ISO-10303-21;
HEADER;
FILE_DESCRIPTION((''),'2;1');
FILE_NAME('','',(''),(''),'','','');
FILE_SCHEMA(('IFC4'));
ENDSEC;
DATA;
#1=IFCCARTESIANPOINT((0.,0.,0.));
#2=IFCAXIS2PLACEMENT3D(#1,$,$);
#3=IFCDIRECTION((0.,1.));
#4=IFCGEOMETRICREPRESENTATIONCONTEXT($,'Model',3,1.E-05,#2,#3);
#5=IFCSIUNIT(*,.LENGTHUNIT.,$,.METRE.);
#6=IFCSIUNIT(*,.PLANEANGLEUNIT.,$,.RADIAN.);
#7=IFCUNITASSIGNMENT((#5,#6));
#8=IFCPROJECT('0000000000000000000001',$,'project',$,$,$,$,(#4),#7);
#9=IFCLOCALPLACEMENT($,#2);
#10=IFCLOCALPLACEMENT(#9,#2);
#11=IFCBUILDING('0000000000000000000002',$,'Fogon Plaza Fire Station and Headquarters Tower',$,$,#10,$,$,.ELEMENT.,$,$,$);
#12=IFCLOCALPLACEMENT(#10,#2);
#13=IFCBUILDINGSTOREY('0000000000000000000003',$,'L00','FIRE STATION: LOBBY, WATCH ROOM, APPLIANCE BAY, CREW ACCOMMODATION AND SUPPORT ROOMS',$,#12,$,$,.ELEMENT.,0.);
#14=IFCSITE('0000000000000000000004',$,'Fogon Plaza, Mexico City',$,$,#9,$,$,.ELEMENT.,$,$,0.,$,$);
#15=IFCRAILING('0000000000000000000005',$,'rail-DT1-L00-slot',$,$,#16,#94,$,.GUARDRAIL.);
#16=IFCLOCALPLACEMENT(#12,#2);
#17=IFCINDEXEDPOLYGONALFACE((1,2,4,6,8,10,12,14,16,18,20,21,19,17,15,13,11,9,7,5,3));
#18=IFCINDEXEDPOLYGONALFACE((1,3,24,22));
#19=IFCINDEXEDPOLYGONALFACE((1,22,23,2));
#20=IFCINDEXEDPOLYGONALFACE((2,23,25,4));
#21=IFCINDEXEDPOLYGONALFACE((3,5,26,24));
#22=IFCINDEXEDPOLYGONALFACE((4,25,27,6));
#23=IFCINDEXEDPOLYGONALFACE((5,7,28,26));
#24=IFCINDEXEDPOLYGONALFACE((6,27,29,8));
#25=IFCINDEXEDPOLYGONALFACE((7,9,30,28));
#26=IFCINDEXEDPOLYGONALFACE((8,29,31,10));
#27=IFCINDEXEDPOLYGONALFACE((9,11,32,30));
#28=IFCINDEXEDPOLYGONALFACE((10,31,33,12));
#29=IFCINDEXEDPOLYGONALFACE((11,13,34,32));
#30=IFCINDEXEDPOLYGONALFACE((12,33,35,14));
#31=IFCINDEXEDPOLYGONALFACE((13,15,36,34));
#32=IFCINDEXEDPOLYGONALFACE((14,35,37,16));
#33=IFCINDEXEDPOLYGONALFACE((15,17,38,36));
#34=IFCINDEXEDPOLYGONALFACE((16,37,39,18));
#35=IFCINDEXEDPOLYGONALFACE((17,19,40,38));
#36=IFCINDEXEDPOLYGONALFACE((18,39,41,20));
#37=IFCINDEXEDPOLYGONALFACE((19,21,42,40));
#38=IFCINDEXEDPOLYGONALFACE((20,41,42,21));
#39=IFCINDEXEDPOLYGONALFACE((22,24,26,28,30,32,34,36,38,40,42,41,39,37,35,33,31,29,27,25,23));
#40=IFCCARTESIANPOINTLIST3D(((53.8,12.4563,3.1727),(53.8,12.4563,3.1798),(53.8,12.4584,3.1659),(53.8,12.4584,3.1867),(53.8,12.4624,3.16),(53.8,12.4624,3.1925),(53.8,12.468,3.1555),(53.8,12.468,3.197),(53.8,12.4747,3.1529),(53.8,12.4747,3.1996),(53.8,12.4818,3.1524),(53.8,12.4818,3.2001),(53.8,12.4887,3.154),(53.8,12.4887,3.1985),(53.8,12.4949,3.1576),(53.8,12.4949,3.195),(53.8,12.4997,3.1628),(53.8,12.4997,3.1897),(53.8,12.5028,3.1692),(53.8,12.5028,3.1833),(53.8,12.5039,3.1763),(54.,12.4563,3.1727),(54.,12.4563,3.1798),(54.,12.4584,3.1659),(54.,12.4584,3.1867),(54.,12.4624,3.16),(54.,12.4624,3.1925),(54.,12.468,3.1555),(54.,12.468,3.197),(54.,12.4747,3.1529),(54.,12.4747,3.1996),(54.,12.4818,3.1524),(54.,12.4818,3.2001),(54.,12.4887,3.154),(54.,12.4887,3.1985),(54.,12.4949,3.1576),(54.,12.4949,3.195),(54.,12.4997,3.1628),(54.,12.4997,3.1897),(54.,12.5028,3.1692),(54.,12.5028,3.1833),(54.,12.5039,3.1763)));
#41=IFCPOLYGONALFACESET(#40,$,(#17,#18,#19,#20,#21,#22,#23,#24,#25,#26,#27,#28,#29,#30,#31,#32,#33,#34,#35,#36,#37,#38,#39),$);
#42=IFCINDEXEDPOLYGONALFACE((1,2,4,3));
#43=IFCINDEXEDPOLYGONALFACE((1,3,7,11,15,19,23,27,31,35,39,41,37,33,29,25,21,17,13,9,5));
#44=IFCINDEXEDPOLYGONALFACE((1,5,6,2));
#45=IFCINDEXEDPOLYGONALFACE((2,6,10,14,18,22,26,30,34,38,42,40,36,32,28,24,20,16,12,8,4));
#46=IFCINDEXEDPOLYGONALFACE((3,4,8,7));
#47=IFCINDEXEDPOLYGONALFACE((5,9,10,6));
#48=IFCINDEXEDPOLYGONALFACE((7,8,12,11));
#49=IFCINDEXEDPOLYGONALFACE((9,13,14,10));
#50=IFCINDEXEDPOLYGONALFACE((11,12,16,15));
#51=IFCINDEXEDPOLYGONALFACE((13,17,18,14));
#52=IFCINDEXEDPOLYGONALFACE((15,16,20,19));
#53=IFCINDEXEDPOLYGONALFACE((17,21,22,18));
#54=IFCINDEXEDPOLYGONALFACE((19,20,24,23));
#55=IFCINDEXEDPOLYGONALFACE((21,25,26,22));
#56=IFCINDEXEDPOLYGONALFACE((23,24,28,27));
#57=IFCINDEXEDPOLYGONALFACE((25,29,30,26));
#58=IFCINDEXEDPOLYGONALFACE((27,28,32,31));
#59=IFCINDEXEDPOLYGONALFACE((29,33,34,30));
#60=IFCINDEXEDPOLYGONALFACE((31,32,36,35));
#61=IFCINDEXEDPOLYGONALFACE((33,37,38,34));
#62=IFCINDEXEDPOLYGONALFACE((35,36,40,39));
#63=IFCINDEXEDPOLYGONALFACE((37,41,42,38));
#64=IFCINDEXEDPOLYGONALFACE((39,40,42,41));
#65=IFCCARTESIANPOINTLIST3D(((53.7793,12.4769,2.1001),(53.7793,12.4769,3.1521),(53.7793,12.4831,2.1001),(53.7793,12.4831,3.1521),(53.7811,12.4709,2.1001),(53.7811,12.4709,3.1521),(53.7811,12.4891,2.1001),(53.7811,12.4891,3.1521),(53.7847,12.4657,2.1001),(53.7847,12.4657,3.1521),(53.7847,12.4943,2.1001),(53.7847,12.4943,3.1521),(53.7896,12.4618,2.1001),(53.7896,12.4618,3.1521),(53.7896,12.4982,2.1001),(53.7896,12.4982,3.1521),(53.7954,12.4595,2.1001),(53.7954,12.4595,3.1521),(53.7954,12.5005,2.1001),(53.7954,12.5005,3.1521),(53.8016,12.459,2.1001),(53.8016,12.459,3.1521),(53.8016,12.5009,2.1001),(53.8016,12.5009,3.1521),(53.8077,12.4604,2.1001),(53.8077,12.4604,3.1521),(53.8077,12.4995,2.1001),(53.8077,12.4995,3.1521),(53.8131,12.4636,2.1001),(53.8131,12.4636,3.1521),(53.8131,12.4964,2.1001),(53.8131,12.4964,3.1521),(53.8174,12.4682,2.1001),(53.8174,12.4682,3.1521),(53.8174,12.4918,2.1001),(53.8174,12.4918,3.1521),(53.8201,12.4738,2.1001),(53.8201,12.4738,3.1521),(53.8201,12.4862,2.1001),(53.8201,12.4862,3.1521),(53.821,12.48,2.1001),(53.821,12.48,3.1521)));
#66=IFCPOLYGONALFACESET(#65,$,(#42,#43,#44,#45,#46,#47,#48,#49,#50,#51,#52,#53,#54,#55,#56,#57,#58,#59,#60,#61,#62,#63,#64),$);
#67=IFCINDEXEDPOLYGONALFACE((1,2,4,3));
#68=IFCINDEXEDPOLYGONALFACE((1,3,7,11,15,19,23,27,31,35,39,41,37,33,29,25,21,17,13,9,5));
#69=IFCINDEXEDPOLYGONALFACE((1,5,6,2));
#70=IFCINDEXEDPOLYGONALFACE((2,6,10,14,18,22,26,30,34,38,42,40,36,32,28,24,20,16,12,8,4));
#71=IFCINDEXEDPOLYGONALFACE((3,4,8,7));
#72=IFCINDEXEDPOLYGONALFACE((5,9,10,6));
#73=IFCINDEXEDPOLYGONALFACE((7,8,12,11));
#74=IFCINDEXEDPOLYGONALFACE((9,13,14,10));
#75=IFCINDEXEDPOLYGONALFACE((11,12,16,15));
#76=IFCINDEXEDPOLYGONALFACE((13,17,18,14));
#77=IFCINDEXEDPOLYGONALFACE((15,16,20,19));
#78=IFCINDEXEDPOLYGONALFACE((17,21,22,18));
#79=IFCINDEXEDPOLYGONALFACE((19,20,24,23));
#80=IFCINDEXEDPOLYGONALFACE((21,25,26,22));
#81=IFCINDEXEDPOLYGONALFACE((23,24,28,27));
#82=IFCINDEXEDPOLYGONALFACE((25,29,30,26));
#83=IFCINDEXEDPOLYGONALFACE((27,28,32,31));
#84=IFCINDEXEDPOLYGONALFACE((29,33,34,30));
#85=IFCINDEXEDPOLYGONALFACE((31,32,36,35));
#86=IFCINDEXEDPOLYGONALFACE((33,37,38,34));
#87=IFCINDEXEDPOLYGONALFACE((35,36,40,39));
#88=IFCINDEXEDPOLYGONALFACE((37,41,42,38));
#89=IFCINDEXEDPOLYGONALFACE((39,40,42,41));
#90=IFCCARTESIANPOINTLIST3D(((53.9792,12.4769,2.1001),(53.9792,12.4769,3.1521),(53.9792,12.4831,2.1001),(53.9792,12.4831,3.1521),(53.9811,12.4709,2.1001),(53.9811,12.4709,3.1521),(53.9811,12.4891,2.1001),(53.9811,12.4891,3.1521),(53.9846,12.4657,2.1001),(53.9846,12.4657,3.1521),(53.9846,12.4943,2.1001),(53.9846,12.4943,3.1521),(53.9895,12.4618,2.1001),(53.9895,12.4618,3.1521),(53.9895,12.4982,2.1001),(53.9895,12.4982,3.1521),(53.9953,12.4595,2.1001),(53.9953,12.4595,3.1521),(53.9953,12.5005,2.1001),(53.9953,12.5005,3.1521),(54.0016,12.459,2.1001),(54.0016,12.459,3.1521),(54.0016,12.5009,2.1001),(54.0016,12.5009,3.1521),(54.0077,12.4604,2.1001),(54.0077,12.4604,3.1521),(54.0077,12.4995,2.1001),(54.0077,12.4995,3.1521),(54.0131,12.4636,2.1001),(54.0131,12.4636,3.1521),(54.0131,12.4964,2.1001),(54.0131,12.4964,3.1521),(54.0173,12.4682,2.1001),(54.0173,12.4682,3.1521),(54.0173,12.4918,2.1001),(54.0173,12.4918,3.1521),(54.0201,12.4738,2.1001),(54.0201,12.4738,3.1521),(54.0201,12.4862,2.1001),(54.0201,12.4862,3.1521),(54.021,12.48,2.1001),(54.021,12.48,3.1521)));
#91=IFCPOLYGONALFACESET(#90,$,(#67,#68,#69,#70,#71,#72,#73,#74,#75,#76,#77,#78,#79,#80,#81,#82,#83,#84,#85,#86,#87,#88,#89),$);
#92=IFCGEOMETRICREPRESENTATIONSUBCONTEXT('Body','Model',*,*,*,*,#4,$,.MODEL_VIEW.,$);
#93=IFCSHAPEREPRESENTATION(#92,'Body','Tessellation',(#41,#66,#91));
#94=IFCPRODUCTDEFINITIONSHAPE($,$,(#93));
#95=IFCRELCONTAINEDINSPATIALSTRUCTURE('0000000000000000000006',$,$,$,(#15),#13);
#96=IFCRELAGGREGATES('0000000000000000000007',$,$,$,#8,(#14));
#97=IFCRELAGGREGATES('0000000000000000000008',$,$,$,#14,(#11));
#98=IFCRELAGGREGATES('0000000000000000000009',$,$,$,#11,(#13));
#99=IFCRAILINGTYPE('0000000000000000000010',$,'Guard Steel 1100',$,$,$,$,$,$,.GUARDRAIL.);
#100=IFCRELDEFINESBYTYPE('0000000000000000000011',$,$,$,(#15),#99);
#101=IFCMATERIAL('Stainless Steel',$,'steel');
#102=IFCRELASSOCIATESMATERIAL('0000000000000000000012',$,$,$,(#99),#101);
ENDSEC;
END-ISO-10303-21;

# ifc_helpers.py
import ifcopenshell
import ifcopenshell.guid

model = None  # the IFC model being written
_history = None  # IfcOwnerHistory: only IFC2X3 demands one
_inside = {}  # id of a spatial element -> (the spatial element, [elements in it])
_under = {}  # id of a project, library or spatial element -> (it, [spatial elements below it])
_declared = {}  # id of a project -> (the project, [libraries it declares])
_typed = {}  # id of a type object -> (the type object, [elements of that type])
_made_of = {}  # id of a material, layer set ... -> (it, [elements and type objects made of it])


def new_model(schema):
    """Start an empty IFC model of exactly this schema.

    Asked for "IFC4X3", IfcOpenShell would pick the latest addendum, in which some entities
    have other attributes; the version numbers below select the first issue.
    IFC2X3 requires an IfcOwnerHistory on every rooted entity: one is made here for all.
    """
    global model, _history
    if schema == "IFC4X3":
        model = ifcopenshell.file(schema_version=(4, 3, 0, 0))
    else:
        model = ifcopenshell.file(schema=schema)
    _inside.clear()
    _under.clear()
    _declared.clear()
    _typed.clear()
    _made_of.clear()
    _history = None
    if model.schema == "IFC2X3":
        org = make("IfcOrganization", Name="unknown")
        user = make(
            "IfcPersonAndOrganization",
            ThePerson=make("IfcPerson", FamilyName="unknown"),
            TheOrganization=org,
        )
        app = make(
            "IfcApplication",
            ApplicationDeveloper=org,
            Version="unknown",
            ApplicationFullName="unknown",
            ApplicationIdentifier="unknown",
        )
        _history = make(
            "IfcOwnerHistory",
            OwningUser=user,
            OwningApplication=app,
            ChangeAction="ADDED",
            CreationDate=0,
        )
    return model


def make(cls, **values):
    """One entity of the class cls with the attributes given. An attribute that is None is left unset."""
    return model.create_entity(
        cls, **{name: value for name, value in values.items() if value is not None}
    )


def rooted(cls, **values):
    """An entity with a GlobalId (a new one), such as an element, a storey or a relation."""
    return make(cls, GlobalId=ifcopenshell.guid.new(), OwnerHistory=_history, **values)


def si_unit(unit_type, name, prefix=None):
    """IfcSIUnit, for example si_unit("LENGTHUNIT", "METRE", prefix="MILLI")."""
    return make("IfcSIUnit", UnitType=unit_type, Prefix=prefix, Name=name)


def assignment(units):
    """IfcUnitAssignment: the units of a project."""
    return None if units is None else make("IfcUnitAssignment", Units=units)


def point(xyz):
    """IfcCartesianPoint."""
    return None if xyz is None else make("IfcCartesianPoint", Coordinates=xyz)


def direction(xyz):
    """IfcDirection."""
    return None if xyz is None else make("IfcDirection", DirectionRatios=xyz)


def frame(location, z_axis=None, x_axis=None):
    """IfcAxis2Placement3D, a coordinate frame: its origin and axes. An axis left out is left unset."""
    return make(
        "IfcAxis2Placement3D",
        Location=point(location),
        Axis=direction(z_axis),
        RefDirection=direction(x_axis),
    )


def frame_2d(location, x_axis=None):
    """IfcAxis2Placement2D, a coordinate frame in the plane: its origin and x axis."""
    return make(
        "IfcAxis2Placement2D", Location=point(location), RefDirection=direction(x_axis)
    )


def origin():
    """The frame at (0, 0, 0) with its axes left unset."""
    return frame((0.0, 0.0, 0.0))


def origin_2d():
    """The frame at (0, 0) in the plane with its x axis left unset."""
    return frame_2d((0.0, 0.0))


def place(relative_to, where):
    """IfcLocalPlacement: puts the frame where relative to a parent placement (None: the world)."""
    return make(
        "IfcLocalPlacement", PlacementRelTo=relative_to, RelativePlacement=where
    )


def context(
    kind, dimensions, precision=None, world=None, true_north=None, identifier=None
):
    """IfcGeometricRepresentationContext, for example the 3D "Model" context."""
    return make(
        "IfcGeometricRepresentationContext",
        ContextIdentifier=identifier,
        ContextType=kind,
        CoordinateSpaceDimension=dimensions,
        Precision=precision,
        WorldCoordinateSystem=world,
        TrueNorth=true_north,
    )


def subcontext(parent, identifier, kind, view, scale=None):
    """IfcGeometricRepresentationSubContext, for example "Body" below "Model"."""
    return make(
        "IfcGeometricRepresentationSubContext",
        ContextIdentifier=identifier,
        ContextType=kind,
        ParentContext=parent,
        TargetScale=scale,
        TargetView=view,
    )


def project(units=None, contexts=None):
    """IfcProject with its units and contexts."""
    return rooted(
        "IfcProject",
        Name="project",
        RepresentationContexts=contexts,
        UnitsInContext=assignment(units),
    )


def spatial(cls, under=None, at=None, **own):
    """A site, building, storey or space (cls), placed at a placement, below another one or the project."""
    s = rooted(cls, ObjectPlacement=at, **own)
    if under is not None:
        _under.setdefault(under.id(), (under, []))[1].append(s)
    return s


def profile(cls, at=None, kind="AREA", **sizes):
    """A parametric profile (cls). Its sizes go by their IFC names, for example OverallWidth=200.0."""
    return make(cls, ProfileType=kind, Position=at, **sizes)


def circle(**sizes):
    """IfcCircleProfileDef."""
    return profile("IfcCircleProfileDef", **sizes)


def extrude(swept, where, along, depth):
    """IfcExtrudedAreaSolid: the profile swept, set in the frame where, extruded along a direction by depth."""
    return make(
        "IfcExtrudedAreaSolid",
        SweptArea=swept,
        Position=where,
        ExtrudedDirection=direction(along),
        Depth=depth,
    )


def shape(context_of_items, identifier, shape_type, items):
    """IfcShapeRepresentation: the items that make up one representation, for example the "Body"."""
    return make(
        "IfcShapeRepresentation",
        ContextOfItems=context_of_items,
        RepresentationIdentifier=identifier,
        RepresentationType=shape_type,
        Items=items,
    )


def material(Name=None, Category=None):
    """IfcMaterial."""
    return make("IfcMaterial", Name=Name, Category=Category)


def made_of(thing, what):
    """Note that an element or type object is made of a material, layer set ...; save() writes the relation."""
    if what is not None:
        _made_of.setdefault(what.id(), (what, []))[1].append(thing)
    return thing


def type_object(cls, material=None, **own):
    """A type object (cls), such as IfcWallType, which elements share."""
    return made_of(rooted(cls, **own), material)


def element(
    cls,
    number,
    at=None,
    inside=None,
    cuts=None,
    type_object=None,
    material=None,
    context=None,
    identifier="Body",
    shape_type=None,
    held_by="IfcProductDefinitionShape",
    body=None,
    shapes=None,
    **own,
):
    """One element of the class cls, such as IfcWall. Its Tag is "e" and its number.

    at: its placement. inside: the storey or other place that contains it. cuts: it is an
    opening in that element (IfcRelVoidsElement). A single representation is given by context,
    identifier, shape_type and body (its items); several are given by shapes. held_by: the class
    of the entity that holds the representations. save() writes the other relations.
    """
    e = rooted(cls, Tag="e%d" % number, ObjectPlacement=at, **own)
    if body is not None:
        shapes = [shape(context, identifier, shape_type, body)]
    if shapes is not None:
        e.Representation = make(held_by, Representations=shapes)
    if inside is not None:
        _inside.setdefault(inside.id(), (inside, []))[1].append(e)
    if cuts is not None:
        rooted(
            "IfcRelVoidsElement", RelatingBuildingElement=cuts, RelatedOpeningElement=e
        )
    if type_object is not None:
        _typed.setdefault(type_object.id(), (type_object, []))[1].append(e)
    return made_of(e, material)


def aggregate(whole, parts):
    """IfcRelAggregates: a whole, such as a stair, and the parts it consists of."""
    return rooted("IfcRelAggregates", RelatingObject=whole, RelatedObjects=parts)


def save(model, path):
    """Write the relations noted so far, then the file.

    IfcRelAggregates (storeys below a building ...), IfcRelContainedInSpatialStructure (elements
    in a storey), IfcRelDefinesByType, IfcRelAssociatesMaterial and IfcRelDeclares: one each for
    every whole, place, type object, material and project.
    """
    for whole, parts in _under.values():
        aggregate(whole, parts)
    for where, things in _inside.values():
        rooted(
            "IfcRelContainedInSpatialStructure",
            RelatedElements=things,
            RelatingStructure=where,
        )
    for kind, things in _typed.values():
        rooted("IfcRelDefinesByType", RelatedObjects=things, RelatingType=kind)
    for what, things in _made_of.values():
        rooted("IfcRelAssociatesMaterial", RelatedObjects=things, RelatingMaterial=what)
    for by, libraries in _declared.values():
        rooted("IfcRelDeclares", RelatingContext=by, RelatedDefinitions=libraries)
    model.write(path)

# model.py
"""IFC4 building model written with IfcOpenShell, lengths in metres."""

from ifc_helpers import new_model, si_unit, direction, frame, origin, origin_2d, place, context, subcontext, project, spatial, circle, extrude, material, type_object, element, save


model = new_model("IFC4")

# Units and contexts
model_context = context("Model", 3, precision=1e-05, world=origin(), true_north=direction((0.0, 1.0)))
body_context = subcontext(model_context, "Body", "Model", "MODEL_VIEW")
ifc_project = project(units=[si_unit("LENGTHUNIT", "METRE"), si_unit("PLANEANGLEUNIT", "RADIAN")], contexts=[model_context])

# Site, building, storey
site_placement = place(None, origin())
site = spatial("IfcSite", under=ifc_project, at=site_placement, Name="Fogon Plaza, Mexico City", CompositionType="ELEMENT", RefElevation=0.0)
building_placement = place(site_placement, origin())
building = spatial("IfcBuilding", under=site, at=building_placement, Name="Fogon Plaza Fire Station and Headquarters Tower", CompositionType="ELEMENT")
storey_placement = place(building_placement, origin())
storey = spatial("IfcBuildingStorey", under=building, at=storey_placement, Name="L00", Description="FIRE STATION: LOBBY, WATCH ROOM, APPLIANCE BAY, CREW ACCOMMODATION AND SUPPORT ROOMS", CompositionType="ELEMENT", Elevation=0.0)

# Railing
ifc_material_1 = material(Name="Stainless Steel", Category="steel")
railing_type_1 = type_object("IfcRailingType", Name="Guard Steel 1100", PredefinedType="GUARDRAIL", material=ifc_material_1)
railing_placement = place(storey_placement, frame((53.8, 12.48, 2.1001)))
element("IfcRailing", 1, at=railing_placement, inside=storey, type_object=railing_type_1, Name="rail-DT1-L00-slot", PredefinedType="GUARDRAIL", context=body_context, shape_type="SweptSolid", body=[
    extrude(circle(Radius=0.0239, at=origin_2d()), frame((0.0, 0.0, 1.0762), z_axis=(1.0, 0.0, 0.0), x_axis=(0.0, 1.0, 0.0)), (0.0, 0.0, 1.0), 0.2),
    extrude(circle(Radius=0.021, at=origin_2d()), origin(), (0.0, 0.0, 1.0), 1.052),
    extrude(circle(Radius=0.021, at=origin_2d()), frame((0.2, 0.0, 0.0)), (0.0, 0.0, 1.0), 1.052),
])

save(model, "model.ifc")
